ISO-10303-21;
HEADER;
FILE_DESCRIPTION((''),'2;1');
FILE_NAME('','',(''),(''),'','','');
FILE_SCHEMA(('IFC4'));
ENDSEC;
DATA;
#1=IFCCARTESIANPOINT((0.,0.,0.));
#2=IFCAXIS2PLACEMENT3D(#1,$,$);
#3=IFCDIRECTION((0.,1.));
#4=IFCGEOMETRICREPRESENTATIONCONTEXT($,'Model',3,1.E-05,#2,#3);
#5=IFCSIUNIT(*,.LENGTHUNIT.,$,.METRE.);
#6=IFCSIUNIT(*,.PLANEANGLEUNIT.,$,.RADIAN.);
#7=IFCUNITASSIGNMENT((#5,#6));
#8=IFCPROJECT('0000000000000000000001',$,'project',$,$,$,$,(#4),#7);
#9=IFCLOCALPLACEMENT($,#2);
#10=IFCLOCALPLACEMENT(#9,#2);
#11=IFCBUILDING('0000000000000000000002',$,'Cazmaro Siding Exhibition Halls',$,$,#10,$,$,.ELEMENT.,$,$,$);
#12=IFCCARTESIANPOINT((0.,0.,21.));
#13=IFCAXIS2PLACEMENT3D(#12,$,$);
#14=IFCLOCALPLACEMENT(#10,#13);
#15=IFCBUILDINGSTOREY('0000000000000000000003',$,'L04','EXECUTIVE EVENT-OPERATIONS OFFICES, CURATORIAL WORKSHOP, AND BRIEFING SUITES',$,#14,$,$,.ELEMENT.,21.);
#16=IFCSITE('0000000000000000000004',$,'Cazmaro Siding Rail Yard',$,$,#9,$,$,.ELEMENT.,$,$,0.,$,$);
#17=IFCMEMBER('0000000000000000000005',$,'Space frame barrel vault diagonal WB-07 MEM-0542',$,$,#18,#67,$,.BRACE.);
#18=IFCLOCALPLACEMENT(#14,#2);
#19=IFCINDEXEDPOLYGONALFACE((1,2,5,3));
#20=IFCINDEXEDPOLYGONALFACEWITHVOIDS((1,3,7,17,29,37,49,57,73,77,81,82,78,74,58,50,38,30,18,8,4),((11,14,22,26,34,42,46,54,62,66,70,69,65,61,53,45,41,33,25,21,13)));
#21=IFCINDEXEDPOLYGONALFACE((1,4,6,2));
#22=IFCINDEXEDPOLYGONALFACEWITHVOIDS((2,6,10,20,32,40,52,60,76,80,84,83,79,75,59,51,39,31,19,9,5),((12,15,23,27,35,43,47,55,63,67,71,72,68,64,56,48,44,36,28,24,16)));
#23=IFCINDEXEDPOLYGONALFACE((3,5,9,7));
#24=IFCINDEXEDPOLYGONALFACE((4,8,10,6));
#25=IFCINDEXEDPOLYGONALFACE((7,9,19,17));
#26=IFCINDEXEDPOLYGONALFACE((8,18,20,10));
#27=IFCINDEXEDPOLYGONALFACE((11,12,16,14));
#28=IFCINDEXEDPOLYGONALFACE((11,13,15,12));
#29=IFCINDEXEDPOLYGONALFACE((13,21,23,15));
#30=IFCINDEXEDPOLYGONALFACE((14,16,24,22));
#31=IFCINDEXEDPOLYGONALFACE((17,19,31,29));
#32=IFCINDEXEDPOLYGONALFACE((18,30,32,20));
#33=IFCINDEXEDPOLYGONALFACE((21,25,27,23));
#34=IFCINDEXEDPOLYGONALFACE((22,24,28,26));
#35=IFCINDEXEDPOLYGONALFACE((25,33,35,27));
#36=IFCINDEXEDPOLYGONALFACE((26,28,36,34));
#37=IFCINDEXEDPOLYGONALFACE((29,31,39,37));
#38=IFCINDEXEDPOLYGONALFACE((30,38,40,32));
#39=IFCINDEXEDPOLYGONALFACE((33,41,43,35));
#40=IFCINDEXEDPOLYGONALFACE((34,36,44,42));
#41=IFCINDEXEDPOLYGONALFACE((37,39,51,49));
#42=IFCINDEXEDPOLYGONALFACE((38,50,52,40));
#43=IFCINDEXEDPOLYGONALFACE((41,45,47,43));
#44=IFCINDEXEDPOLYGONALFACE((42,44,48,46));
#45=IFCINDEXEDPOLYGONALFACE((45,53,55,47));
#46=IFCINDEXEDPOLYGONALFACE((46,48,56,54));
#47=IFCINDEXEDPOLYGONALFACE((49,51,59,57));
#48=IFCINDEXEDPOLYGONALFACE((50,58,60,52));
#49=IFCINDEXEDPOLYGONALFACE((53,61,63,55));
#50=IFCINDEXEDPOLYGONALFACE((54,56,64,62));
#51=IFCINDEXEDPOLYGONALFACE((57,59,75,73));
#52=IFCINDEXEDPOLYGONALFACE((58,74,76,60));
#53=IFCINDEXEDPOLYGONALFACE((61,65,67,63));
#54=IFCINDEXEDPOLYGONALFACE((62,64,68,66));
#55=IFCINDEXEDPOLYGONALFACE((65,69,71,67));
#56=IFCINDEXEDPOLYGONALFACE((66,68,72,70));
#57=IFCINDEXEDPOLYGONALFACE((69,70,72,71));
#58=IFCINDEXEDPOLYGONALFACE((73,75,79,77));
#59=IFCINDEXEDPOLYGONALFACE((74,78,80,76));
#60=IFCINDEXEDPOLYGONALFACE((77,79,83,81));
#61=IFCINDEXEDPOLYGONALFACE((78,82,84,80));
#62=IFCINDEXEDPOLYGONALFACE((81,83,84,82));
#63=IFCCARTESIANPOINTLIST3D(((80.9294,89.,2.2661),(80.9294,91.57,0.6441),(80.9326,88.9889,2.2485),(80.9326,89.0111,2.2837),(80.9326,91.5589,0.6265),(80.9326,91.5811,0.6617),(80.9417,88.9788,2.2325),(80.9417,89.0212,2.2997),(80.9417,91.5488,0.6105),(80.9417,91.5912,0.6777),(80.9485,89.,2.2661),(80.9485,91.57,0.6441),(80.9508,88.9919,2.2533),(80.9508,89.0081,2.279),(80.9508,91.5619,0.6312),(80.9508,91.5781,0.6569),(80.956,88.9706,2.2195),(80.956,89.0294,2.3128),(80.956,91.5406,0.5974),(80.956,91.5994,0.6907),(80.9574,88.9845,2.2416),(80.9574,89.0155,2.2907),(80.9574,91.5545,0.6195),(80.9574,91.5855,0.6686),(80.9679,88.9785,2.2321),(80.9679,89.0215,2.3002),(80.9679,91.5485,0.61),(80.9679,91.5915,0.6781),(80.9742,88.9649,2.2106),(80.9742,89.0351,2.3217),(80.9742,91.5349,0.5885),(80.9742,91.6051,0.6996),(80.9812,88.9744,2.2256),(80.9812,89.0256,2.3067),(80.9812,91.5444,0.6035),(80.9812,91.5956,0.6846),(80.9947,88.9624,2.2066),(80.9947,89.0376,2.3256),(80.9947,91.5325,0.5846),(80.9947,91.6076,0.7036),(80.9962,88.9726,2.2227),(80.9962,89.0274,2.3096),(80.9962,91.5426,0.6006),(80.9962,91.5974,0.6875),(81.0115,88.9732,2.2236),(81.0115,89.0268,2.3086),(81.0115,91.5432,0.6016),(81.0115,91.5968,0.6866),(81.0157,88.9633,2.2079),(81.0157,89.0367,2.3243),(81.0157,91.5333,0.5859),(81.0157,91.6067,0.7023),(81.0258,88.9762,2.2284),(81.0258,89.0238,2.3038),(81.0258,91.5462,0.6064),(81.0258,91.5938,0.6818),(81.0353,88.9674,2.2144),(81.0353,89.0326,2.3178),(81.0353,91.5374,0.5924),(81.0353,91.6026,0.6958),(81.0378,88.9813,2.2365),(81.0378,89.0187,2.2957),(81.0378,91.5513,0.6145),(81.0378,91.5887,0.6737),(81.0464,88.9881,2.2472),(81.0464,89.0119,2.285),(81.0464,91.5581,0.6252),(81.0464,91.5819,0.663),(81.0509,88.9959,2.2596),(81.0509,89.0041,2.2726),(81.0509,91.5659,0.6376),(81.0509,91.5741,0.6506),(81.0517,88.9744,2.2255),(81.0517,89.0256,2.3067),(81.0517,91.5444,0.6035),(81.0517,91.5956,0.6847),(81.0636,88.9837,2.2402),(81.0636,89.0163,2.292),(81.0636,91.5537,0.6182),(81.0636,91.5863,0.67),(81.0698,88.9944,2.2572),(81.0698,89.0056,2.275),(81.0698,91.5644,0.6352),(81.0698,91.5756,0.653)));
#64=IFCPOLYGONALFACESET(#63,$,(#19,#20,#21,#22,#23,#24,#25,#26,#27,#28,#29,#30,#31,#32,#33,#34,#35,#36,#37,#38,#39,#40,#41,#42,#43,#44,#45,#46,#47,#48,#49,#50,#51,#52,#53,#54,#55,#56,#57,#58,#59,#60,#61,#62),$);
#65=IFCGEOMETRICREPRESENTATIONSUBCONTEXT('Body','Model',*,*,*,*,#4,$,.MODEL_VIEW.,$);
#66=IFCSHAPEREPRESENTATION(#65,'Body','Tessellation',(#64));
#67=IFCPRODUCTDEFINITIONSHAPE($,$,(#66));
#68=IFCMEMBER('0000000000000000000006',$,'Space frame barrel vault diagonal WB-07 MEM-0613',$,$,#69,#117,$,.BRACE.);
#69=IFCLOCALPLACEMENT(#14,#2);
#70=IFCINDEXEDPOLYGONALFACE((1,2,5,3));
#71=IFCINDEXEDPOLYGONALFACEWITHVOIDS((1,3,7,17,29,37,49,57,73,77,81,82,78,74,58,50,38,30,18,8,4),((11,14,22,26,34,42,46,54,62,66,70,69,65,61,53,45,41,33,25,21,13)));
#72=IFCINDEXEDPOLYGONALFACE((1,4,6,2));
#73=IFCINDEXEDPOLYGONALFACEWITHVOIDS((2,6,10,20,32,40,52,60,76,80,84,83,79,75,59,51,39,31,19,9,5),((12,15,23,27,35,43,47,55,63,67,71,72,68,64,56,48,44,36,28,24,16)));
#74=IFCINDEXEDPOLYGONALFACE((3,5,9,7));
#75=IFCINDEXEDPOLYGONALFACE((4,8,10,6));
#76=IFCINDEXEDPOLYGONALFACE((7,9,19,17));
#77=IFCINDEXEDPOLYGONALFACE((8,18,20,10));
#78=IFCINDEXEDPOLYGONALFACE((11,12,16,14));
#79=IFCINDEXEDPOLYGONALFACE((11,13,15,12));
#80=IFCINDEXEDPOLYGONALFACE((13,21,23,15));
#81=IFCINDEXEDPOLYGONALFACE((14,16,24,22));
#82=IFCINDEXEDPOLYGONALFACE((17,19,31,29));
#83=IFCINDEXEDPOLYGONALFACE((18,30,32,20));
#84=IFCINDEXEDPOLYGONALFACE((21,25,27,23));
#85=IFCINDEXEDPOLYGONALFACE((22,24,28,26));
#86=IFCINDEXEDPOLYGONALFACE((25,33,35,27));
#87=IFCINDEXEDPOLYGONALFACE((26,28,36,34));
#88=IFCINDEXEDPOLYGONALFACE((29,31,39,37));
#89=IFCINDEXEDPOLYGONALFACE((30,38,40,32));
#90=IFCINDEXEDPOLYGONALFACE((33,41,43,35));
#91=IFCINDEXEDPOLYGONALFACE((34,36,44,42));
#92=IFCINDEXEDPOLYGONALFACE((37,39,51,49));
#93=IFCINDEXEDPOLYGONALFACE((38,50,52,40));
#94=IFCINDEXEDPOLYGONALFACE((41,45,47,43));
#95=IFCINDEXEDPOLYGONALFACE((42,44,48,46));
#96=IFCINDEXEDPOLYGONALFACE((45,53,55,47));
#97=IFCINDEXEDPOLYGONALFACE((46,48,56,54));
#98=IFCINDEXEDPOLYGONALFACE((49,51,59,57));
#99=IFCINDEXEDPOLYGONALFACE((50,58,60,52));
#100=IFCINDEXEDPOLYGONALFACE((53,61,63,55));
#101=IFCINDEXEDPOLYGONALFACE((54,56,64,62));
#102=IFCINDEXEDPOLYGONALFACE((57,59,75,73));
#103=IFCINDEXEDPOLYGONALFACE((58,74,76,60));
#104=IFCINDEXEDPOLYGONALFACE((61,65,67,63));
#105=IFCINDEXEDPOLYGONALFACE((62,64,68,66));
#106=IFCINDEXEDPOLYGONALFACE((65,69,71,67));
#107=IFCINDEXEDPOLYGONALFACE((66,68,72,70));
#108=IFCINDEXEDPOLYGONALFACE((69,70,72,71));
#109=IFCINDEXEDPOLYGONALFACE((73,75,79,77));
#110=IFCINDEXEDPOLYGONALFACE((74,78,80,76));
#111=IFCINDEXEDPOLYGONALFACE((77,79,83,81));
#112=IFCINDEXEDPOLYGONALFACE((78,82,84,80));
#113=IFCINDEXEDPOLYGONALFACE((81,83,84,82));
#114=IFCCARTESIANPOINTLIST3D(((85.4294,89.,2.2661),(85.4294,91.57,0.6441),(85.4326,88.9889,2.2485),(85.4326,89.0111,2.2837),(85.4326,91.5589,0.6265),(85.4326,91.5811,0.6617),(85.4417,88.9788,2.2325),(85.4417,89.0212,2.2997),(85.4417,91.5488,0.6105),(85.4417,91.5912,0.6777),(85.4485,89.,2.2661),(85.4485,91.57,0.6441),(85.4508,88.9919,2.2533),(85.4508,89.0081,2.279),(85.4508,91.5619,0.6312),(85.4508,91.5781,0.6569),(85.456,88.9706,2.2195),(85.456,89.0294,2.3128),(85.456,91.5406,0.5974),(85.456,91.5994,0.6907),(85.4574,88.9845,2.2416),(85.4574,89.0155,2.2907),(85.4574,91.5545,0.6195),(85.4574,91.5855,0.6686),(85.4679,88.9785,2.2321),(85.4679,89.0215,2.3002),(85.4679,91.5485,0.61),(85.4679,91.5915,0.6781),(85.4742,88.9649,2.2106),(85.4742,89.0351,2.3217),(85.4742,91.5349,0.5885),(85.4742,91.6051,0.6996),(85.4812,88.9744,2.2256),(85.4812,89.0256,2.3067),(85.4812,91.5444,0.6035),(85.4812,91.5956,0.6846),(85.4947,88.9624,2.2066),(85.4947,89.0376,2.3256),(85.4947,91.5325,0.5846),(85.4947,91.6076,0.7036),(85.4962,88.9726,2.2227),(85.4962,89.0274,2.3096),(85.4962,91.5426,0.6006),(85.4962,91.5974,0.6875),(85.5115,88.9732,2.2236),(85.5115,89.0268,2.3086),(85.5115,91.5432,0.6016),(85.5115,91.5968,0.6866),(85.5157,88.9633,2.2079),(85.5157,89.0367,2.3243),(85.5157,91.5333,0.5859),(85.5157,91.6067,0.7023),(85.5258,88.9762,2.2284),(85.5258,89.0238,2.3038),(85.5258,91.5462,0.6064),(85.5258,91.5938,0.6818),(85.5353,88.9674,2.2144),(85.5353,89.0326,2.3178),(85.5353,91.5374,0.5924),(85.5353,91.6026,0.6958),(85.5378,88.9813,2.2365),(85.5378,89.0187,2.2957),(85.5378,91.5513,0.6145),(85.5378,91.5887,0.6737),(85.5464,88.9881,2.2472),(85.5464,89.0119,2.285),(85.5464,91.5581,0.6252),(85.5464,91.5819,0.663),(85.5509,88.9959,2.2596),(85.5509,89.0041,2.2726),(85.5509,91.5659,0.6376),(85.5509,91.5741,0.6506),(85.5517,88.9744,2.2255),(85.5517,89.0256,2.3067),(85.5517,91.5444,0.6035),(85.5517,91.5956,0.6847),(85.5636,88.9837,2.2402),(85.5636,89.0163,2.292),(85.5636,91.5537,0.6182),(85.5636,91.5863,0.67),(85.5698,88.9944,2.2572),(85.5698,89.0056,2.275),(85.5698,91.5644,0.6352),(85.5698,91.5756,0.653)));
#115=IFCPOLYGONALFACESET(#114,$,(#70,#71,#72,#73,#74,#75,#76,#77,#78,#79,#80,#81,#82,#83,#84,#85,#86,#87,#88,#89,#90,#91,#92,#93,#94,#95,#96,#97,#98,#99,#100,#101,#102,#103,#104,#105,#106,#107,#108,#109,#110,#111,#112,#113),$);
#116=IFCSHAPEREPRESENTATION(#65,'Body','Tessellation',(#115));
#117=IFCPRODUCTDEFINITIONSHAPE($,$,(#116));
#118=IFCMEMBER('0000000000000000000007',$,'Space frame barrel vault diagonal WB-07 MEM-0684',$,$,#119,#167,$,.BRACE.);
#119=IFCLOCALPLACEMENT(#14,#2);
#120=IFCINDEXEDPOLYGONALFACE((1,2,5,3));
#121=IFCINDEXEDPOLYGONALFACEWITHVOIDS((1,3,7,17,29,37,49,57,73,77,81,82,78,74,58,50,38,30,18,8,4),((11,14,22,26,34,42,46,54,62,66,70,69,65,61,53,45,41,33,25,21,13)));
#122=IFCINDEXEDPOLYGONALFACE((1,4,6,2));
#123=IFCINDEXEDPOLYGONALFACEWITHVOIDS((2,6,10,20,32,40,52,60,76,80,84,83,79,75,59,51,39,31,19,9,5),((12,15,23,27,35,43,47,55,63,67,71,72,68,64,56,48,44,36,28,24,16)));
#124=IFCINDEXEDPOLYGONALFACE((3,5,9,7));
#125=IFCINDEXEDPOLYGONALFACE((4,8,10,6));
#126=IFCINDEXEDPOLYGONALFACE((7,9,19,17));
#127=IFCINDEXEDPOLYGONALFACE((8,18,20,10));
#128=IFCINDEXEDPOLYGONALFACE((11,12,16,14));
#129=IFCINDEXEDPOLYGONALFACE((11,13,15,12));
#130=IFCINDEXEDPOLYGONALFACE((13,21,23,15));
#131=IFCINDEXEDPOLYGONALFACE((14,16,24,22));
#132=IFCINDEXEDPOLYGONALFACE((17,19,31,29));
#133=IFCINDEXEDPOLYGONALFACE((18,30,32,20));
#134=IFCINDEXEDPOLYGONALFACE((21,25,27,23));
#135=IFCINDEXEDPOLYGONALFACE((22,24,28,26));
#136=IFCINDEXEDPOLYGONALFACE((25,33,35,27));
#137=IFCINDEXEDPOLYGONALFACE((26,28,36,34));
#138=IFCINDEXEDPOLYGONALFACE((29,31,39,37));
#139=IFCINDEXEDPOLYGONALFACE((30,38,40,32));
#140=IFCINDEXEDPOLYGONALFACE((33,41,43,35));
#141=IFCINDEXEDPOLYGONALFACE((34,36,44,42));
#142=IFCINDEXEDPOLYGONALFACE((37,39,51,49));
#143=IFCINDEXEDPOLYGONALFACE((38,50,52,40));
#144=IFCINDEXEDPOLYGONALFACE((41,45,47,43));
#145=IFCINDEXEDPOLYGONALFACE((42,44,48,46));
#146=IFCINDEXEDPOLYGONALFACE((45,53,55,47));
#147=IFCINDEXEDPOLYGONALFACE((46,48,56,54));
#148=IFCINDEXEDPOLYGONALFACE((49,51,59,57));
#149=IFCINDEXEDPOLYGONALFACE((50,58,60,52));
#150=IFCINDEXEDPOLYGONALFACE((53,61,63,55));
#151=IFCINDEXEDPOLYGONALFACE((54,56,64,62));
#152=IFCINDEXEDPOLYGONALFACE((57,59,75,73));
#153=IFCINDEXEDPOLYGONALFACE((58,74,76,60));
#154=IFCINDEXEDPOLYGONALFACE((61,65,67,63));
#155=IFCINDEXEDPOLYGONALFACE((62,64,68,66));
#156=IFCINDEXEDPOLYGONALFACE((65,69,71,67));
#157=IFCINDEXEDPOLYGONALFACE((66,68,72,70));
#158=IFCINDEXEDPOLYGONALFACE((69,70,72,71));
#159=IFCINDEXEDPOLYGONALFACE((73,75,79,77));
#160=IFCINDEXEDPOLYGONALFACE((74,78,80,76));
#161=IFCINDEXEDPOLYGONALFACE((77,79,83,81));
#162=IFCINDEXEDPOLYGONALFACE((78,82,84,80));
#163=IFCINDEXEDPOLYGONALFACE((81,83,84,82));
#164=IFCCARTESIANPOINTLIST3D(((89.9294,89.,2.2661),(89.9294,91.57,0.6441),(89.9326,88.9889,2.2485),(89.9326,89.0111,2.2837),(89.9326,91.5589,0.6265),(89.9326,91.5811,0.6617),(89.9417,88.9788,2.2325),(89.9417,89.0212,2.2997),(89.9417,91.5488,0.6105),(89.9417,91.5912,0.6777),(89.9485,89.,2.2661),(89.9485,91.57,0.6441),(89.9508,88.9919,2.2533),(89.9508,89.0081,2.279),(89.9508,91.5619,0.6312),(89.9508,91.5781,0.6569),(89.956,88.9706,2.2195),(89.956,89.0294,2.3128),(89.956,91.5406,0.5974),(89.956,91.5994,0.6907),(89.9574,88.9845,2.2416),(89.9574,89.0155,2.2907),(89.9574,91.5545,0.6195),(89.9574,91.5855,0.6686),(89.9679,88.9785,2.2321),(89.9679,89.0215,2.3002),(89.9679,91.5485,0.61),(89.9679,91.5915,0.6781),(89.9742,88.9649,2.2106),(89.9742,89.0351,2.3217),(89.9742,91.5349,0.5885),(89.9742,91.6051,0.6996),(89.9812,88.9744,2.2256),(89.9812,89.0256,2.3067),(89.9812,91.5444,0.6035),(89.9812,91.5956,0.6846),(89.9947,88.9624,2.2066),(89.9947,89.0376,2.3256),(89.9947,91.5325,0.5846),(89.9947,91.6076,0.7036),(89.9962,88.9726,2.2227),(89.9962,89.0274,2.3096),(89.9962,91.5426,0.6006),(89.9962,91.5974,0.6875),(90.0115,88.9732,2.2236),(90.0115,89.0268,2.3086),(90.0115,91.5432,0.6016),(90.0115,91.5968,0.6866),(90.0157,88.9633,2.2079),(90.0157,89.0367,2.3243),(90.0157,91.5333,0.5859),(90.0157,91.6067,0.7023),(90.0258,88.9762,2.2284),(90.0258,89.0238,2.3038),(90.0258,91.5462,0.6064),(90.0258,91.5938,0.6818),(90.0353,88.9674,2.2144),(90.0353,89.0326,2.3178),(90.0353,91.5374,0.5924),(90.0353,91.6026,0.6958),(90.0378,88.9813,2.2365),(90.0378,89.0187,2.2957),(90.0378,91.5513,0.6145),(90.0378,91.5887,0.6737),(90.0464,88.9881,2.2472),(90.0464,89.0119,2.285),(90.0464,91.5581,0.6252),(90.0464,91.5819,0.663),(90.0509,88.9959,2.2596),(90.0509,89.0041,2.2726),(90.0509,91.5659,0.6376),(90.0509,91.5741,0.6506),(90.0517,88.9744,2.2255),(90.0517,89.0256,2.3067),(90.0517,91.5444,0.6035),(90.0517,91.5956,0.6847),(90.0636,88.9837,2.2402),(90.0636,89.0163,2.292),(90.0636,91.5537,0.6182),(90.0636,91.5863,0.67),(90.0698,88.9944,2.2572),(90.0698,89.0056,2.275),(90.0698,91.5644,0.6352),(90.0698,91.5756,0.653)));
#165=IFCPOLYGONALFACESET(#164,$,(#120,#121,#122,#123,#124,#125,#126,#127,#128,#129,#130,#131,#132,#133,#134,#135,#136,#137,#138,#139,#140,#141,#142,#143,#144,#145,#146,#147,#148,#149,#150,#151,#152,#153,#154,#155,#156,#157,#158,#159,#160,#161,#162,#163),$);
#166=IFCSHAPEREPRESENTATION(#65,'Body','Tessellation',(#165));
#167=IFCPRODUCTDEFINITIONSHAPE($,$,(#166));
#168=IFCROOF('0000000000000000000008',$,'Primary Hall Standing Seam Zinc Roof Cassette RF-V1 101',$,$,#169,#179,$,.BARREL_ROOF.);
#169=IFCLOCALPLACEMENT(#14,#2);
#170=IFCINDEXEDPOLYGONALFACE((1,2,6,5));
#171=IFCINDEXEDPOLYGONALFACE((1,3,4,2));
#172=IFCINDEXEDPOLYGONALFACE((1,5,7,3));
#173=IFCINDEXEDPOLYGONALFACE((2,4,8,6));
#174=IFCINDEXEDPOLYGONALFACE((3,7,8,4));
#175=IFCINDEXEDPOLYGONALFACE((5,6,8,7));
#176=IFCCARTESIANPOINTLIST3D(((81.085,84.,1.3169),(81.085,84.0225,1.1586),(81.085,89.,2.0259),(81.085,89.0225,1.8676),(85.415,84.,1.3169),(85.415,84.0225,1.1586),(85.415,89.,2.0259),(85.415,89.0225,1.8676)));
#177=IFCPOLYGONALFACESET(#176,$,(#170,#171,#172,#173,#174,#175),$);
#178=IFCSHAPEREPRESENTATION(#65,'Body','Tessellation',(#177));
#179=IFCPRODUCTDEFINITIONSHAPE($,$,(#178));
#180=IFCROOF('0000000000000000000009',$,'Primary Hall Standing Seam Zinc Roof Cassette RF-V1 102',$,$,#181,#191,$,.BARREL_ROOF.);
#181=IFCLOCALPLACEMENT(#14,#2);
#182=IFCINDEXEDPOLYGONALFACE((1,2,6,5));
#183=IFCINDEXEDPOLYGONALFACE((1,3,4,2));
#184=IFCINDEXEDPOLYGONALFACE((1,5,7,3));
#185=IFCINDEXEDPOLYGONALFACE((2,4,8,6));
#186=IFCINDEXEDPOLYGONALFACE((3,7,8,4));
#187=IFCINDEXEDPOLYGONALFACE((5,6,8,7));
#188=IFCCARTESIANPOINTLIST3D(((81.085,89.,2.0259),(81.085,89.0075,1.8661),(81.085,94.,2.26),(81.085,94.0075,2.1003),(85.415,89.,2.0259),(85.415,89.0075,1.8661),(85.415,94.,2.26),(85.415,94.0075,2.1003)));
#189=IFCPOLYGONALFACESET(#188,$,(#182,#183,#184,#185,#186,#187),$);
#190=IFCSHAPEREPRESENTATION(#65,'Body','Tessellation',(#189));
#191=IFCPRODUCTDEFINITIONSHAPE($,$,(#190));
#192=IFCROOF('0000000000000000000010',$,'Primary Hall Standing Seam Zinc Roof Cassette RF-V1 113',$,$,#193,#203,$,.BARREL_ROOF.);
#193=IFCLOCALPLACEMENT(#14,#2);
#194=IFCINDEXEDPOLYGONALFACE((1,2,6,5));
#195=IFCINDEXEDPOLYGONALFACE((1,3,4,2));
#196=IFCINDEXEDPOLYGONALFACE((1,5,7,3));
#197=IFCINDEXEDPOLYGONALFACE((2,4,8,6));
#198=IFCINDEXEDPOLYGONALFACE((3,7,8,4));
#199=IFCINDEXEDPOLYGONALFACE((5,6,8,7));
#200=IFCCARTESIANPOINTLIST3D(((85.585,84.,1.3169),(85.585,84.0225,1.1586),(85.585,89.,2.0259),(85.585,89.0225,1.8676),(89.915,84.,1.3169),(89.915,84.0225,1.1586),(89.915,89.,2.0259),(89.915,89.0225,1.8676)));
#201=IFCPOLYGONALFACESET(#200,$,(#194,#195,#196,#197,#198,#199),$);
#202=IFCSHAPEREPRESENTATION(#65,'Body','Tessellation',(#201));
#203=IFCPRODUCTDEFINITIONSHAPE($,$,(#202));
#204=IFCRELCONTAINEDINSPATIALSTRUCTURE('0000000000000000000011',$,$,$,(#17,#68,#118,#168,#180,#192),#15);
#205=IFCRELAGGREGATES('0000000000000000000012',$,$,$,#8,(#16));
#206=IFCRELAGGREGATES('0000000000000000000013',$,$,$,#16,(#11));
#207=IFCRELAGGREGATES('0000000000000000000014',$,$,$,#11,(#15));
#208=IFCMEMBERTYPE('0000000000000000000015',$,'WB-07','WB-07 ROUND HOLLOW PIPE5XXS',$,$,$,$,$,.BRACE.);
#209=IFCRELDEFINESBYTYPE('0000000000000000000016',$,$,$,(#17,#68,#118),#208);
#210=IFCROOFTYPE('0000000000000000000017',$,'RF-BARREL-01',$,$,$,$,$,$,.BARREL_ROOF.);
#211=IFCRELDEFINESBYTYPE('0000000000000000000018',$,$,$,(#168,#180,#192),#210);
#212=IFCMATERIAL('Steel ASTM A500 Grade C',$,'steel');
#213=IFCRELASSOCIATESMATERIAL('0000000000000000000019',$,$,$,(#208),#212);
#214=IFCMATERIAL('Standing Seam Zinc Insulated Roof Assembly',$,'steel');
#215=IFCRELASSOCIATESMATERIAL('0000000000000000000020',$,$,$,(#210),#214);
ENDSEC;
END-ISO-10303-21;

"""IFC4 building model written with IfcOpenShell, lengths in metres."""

from ifc_helpers import new_model, si_unit, direction, frame, origin, origin_2d, place, context, subcontext, project, spatial, polyline, hollow_circle, outline, extrude, material, material_profile, profile_set, type_object, element, save


model = new_model("IFC4")

# Units and contexts
model_context = context("Model", 3, precision=1e-05, world=origin(), true_north=direction((0.0, 1.0)))
body_context = subcontext(model_context, "Body", "Model", "MODEL_VIEW")
ifc_project = project(units=[si_unit("LENGTHUNIT", "METRE"), si_unit("PLANEANGLEUNIT", "RADIAN")], contexts=[model_context])

# Site, building, storey
site_placement = place(None, origin())
site = spatial("IfcSite", under=ifc_project, at=site_placement, Name="Cazmaro Siding Rail Yard", CompositionType="ELEMENT", RefElevation=0.0)
building_placement = place(site_placement, origin())
building = spatial("IfcBuilding", under=site, at=building_placement, Name="Cazmaro Siding Exhibition Halls", CompositionType="ELEMENT")
storey_placement = place(building_placement, frame((0.0, 0.0, 21.0)))
storey = spatial("IfcBuildingStorey", under=building, at=storey_placement, Name="L04", Description="EXECUTIVE EVENT-OPERATIONS OFFICES, CURATORIAL WORKSHOP, AND BRIEFING SUITES", CompositionType="ELEMENT", Elevation=21.0)

# Members
ifc_material_1 = material(Name="Steel ASTM A500 Grade C", Category="steel")
ifc_material_profile_1 = material_profile(ifc_material_1, hollow_circle(Radius=0.0706, WallThickness=0.019, at=origin_2d()), Name="PIPE5XXS")
ifc_profile_set_1 = profile_set([ifc_material_profile_1], Name="Steel ASTM A500 Grade C")
member_type_1 = type_object("IfcMemberType", Name="WB-07", Description="WB-07 ROUND HOLLOW PIPE5XXS", PredefinedType="BRACE", material=ifc_profile_set_1)
for number, where, z_axis, x_axis, name in (
    (1, (81.0, 89.0, 2.2661), (0.0, 0.845657, -0.533727), (-1.0, 0.0, 0.0), "Space frame barrel vault diagonal WB-07 MEM-0542"),
    (2, (85.5, 89.0, 2.2661), (0.0, 0.845657, -0.533727), (-1.0, 0.0, 0.0), "Space frame barrel vault diagonal WB-07 MEM-0613"),
    (3, (90.0, 89.0, 2.2661), (0.0, 0.845657, -0.533727), (-1.0, 0.0, 0.0), "Space frame barrel vault diagonal WB-07 MEM-0684"),
):
    element("IfcMember", number, at=place(storey_placement, frame(where, z_axis=z_axis, x_axis=x_axis)), inside=storey, type_object=member_type_1, Name=name, PredefinedType="BRACE", context=body_context, shape_type="SweptSolid", body=[
        extrude(hollow_circle(Radius=0.0706, WallThickness=0.019, at=origin_2d()), origin(), (0.0, 0.0, 1.0), 3.0391),
    ])

# Roofs
ifc_material_2 = material(Name="Standing Seam Zinc Insulated Roof Assembly", Category="steel")
roof_type = type_object("IfcRoofType", Name="RF-BARREL-01", PredefinedType="BARREL_ROOF", material=ifc_material_2)
roof_1_placement = place(storey_placement, frame((81.085, 84.0, 1.3169), z_axis=(0.0, -0.140393, 0.990096), x_axis=(1.0, 0.0, 0.0)))
element("IfcRoof", 4, at=roof_1_placement, inside=storey, type_object=roof_type, Name="Primary Hall Standing Seam Zinc Roof Cassette RF-V1 101", PredefinedType="BARREL_ROOF", context=body_context, shape_type="SweptSolid", body=[
    extrude(outline(polyline([(0.0, 0.0), (4.3301, 0.0), (4.3301, 5.05), (0.0, 5.05), (0.0, 0.0)])), origin(), (0.0, 0.0, -1.0), 0.1599),
])
roof_2_placement = place(storey_placement, frame((81.085, 89.0, 2.0259), z_axis=(0.0, -0.046775, 0.998905), x_axis=(1.0, 0.0, 0.0)))
element("IfcRoof", 5, at=roof_2_placement, inside=storey, type_object=roof_type, Name="Primary Hall Standing Seam Zinc Roof Cassette RF-V1 102", PredefinedType="BARREL_ROOF", context=body_context, shape_type="SweptSolid", body=[
    extrude(outline(polyline([(0.0, 0.0), (4.3301, 0.0), (4.3301, 5.0055), (0.0, 5.0055), (0.0, 0.0)])), origin(), (0.0, 0.0, -1.0), 0.1599),
])
roof_3_placement = place(storey_placement, frame((85.585, 84.0, 1.3169), z_axis=(0.0, -0.140393, 0.990096), x_axis=(1.0, 0.0, 0.0)))
element("IfcRoof", 6, at=roof_3_placement, inside=storey, type_object=roof_type, Name="Primary Hall Standing Seam Zinc Roof Cassette RF-V1 113", PredefinedType="BARREL_ROOF", context=body_context, shape_type="SweptSolid", body=[
    extrude(outline(polyline([(0.0, 0.0), (4.3301, 0.0), (4.3301, 5.05), (0.0, 5.05), (0.0, 0.0)])), origin(), (0.0, 0.0, -1.0), 0.1599),
])

save(model, "model.ifc")
